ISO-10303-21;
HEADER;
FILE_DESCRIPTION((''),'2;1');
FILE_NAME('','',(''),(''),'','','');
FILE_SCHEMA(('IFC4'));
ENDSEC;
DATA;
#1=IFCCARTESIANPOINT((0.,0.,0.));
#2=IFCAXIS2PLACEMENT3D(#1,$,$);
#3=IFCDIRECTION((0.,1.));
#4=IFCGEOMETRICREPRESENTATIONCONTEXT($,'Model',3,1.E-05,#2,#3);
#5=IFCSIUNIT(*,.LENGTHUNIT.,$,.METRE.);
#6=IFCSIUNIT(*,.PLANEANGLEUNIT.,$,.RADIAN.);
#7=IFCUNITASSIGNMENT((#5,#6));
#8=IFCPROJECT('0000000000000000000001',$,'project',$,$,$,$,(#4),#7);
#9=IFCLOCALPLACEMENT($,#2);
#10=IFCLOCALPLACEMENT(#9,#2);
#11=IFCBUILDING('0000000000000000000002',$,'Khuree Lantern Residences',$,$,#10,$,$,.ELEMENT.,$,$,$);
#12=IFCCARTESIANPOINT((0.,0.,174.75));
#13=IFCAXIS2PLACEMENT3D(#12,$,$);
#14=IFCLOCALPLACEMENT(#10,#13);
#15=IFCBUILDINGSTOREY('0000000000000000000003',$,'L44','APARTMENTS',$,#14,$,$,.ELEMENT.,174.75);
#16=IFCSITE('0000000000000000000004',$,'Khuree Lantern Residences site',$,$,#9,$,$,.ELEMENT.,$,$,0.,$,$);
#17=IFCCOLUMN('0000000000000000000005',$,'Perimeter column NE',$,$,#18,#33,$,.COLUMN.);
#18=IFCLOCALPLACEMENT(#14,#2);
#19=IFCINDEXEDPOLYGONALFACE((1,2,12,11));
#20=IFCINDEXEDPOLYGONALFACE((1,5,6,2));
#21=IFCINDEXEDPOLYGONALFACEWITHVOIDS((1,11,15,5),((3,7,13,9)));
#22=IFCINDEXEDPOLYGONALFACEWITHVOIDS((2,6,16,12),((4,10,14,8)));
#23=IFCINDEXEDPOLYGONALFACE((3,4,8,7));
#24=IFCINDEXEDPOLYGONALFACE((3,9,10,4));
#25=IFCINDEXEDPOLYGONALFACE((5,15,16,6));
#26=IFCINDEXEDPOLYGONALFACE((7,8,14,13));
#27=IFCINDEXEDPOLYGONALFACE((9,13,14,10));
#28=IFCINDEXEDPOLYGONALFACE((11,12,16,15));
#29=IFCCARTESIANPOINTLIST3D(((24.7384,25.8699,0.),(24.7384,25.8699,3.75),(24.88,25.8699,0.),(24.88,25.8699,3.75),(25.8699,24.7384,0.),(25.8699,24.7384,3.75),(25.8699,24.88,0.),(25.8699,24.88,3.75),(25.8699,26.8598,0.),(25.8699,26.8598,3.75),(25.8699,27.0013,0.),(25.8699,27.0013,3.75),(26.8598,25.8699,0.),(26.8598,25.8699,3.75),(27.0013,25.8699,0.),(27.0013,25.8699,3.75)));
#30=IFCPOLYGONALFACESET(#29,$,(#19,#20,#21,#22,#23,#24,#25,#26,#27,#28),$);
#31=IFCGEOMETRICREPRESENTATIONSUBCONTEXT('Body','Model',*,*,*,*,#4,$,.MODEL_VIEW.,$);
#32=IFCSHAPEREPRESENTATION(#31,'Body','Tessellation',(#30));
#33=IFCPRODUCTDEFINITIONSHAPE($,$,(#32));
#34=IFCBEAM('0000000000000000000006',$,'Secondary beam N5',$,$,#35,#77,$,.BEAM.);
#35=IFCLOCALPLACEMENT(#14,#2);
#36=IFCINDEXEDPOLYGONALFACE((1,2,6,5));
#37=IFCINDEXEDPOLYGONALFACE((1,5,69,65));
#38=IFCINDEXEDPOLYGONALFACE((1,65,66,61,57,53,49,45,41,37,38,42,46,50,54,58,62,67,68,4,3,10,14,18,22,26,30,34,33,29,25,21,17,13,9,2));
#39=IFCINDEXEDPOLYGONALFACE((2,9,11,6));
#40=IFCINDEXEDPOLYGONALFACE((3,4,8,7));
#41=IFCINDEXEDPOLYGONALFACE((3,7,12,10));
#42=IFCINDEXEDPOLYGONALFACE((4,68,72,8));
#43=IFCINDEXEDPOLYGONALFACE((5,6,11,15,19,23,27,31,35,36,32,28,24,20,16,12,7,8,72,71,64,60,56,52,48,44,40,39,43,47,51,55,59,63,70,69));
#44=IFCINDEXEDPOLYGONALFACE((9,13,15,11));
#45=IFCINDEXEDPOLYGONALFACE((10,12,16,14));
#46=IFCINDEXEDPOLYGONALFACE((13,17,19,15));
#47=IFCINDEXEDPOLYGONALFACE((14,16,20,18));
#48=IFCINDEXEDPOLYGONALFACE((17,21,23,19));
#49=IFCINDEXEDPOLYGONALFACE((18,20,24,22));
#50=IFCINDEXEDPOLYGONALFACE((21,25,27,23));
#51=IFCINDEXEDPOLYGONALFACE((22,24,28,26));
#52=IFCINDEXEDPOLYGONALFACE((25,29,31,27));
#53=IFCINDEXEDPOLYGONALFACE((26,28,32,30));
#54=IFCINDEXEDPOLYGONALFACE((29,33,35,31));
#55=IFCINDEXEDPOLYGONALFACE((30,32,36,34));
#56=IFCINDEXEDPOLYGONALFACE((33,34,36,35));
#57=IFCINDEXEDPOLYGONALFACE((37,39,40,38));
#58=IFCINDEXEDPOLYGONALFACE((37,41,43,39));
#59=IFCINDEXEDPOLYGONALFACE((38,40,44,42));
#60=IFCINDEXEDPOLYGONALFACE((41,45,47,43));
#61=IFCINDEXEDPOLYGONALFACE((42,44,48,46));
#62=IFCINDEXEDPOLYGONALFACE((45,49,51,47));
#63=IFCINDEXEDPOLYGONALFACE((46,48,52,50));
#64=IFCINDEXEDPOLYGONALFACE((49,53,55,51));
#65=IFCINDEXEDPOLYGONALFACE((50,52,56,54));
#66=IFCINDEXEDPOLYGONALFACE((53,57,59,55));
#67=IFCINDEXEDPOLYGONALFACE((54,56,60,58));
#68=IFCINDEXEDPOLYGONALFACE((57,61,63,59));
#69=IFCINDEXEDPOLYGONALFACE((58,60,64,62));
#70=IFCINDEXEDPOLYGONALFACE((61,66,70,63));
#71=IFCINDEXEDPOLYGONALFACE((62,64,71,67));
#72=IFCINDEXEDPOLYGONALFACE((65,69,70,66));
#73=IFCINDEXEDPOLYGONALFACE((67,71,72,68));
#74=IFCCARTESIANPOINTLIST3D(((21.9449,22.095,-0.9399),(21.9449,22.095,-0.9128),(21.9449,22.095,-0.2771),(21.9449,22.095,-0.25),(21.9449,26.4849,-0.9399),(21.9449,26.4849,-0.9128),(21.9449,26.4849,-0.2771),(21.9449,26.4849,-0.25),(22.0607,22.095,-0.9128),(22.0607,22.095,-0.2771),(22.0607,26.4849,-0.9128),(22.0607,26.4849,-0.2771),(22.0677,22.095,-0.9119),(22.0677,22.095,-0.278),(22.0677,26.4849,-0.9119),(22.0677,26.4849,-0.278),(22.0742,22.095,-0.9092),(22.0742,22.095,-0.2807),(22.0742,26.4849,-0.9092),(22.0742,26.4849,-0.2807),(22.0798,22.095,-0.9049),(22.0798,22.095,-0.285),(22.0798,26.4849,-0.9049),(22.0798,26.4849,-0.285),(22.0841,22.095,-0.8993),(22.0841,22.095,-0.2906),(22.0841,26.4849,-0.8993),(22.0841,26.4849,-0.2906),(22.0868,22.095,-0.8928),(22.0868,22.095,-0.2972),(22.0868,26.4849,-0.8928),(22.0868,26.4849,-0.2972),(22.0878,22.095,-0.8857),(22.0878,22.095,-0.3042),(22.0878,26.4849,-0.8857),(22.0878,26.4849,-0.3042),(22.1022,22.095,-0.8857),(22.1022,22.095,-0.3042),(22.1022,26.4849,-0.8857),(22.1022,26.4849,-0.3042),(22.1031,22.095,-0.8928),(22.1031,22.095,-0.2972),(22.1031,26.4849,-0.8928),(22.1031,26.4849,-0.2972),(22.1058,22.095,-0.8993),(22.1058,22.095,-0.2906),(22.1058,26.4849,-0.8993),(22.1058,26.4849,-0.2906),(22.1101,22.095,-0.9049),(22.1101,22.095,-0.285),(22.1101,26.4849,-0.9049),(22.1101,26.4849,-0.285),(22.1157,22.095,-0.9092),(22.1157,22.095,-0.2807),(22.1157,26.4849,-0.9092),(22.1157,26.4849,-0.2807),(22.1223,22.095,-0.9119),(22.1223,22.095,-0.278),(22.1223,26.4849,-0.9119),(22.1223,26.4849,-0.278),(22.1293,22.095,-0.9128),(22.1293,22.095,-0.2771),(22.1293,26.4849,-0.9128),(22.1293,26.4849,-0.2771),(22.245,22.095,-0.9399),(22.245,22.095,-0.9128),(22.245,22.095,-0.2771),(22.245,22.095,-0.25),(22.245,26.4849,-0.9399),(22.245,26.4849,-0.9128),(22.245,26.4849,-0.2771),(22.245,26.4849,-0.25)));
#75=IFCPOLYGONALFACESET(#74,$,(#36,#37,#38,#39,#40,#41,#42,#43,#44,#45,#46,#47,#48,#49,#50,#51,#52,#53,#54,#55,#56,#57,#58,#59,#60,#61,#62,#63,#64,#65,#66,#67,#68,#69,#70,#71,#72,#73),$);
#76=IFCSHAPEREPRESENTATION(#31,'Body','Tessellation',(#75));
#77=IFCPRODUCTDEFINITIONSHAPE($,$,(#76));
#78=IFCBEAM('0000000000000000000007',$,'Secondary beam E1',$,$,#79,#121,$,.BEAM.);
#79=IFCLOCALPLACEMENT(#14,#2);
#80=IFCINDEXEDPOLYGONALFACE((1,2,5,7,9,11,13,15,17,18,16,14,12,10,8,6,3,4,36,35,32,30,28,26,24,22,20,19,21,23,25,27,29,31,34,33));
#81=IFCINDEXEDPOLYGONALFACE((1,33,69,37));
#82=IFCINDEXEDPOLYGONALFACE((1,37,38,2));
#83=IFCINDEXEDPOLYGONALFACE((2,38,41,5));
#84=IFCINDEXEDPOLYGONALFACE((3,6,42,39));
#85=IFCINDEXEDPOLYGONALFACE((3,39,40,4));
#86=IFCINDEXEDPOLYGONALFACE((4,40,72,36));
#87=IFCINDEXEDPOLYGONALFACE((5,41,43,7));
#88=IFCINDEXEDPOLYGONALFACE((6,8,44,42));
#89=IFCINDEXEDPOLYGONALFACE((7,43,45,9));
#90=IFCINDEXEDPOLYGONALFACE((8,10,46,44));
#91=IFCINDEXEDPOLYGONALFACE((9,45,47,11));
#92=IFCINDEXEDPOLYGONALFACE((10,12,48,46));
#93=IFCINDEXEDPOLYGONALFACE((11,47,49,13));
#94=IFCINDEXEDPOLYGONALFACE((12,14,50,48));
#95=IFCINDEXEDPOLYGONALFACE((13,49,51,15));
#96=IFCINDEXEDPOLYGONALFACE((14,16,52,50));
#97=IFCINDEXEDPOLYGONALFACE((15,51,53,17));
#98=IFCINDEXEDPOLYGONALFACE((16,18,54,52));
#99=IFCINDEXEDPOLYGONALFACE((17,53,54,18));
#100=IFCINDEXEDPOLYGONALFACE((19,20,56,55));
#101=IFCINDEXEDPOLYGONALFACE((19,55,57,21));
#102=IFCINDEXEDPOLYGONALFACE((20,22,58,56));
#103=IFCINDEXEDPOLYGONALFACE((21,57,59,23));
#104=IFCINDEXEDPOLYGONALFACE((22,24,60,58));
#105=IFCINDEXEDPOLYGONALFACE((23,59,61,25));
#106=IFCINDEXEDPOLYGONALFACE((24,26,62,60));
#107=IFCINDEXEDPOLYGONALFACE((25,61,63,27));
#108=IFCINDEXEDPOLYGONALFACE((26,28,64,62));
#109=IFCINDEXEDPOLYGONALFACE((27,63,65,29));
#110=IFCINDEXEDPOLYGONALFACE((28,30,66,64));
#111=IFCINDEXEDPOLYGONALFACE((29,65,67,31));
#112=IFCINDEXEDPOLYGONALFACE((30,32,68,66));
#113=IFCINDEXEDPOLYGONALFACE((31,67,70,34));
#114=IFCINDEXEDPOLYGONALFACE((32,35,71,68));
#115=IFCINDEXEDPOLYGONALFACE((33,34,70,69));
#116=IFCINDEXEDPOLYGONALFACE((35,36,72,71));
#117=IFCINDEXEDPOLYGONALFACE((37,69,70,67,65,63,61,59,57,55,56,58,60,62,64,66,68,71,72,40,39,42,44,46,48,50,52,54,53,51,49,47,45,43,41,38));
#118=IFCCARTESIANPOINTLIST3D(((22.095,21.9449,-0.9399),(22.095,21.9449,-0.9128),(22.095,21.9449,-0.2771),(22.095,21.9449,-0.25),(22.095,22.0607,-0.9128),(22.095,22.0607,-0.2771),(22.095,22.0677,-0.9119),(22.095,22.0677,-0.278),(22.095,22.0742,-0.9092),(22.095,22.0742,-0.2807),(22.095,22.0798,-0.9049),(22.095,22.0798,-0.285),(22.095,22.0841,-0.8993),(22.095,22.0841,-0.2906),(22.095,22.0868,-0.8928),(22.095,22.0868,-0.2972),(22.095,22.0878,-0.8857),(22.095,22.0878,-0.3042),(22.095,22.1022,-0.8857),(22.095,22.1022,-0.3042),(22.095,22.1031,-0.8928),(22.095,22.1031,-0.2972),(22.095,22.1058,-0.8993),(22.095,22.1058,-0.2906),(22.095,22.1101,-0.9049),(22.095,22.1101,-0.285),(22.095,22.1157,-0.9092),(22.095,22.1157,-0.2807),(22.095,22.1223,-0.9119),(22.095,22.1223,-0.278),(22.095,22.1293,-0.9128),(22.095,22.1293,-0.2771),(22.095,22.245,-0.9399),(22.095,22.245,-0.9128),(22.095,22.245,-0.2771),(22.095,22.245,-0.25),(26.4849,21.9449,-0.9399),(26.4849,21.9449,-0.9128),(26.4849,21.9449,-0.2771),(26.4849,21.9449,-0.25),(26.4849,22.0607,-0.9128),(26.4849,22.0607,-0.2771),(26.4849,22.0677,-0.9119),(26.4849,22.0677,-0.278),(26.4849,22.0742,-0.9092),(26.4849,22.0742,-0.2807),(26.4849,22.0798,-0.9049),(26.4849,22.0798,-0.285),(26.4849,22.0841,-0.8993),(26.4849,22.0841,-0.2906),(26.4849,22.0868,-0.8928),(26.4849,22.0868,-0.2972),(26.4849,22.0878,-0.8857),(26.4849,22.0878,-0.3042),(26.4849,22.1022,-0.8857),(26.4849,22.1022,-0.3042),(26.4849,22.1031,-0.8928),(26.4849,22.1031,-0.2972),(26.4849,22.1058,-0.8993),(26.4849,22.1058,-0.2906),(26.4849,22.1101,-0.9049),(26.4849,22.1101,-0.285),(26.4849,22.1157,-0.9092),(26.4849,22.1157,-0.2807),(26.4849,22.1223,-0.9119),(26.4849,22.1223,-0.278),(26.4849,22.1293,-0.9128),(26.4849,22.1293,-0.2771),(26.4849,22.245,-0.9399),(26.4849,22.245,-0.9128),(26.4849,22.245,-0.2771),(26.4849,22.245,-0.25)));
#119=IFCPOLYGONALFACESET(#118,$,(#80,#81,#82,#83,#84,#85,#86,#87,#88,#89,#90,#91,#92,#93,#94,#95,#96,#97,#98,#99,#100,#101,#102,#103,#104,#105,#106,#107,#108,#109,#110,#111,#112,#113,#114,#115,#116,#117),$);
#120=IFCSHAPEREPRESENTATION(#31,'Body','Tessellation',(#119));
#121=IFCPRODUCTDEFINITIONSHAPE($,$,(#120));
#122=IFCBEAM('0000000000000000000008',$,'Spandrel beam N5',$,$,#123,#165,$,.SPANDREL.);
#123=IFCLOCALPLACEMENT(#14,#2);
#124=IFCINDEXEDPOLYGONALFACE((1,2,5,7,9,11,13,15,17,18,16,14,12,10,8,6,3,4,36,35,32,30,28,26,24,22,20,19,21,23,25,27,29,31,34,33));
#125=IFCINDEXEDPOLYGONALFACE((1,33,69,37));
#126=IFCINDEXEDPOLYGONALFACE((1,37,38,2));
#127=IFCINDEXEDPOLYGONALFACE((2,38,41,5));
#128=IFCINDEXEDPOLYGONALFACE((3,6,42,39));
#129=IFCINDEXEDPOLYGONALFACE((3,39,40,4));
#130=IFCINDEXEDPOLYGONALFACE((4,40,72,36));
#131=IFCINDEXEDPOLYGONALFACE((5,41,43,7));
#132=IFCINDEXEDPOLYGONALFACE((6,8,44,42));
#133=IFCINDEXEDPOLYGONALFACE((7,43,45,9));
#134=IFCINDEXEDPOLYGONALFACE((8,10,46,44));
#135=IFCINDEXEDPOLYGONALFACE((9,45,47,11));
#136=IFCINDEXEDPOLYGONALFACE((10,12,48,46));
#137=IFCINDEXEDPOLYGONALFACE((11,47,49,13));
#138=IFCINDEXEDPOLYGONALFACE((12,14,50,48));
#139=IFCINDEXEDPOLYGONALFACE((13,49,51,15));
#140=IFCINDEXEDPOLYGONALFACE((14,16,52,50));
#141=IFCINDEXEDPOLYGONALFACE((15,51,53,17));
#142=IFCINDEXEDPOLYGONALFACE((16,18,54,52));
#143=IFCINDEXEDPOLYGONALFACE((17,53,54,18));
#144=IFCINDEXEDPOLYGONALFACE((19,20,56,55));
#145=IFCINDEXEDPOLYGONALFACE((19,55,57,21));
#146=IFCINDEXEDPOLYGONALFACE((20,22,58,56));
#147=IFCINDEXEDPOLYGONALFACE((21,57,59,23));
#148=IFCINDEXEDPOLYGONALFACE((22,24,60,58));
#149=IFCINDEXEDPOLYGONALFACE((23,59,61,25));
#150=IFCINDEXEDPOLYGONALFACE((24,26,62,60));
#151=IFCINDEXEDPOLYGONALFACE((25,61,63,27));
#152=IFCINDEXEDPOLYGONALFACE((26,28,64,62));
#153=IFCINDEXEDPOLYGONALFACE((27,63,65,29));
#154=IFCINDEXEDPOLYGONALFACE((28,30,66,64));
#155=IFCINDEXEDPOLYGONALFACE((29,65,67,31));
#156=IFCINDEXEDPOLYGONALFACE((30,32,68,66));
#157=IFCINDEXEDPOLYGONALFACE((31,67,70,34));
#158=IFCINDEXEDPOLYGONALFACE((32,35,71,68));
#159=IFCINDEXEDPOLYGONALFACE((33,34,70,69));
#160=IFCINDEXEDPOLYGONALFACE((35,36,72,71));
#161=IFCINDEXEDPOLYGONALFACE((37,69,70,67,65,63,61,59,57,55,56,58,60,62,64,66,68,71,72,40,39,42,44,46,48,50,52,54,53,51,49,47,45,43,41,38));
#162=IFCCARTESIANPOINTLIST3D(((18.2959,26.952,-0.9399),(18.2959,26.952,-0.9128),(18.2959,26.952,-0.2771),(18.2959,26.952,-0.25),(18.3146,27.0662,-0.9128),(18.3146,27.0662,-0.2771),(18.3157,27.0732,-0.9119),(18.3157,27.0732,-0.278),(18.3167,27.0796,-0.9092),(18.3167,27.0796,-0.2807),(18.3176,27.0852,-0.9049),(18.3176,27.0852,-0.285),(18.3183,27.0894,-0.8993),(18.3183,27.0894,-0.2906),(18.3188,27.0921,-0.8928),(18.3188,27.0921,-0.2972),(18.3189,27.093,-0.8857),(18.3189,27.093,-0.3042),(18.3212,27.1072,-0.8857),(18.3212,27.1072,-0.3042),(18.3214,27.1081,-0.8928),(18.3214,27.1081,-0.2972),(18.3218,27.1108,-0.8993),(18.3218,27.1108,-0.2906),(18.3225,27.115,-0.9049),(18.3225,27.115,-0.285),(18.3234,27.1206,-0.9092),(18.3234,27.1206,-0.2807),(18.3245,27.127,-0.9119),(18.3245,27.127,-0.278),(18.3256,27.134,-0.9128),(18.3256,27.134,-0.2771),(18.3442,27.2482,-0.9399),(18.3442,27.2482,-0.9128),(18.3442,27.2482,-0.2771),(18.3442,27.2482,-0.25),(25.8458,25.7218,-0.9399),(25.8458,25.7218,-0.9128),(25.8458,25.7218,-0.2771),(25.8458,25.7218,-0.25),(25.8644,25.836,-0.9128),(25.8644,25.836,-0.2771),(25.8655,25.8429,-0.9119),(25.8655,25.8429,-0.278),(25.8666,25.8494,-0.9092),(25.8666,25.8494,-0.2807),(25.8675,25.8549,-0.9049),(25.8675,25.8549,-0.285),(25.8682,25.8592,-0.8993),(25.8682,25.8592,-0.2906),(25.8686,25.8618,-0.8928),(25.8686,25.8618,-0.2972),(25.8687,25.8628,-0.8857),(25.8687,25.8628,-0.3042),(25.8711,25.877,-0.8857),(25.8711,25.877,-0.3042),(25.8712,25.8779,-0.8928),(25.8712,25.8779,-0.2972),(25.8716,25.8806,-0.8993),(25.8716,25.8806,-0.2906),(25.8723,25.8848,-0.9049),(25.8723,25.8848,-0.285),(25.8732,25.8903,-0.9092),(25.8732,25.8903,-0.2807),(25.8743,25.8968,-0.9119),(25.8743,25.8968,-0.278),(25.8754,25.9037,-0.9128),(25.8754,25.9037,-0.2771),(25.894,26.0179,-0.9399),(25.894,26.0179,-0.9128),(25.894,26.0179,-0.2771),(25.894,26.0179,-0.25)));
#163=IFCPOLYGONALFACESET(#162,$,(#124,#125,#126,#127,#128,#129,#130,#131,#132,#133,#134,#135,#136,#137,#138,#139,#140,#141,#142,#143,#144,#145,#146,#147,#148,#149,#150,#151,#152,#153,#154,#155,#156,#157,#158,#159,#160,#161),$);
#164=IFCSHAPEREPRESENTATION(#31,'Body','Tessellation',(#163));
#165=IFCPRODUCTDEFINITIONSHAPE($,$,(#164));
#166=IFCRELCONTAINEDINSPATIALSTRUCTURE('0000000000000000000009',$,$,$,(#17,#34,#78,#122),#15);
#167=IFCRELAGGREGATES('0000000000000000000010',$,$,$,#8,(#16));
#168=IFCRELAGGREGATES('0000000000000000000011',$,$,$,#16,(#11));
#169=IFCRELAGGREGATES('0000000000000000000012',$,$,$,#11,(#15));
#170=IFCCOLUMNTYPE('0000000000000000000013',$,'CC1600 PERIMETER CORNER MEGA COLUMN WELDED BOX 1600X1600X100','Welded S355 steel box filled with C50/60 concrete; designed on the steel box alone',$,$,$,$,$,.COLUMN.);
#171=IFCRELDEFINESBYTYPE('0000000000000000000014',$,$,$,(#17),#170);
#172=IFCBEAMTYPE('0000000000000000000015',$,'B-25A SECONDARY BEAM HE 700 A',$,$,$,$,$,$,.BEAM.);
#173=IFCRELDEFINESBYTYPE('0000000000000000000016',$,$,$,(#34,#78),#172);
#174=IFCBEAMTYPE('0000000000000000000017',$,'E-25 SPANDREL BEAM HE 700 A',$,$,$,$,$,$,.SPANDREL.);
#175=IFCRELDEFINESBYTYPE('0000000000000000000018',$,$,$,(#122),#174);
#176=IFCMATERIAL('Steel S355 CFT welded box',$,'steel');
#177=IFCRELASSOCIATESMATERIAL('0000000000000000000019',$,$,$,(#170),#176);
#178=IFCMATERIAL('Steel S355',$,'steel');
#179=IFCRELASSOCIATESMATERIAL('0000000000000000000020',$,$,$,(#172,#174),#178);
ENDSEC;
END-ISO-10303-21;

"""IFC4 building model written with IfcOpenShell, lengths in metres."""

from ifc_helpers import new_model, si_unit, direction, frame, origin, origin_2d, place, context, subcontext, project, spatial, hollow_rectangle, i_section, extrude, material, material_profile, profile_set, type_object, element, save


model = new_model("IFC4")

# Units and contexts
model_context = context("Model", 3, precision=1e-05, world=origin(), true_north=direction((0.0, 1.0)))
body_context = subcontext(model_context, "Body", "Model", "MODEL_VIEW")
ifc_project = project(units=[si_unit("LENGTHUNIT", "METRE"), si_unit("PLANEANGLEUNIT", "RADIAN")], contexts=[model_context])

# Site, building, storey
site_placement = place(None, origin())
site = spatial("IfcSite", under=ifc_project, at=site_placement, Name="Khuree Lantern Residences site", CompositionType="ELEMENT", RefElevation=0.0)
building_placement = place(site_placement, origin())
building = spatial("IfcBuilding", under=site, at=building_placement, Name="Khuree Lantern Residences", CompositionType="ELEMENT")
storey_placement = place(building_placement, frame((0.0, 0.0, 174.75)))
storey = spatial("IfcBuildingStorey", under=building, at=storey_placement, Name="L44", Description="APARTMENTS", CompositionType="ELEMENT", Elevation=174.75)

# Column
ifc_material_1 = material(Name="Steel S355 CFT welded box", Category="steel")
ifc_material_profile_1 = material_profile(ifc_material_1, hollow_rectangle(XDim=1.6001, YDim=1.6001, WallThickness=0.1001, at=origin_2d()), Name="WELDED BOX 1600X1600X100")
ifc_profile_set_1 = profile_set([ifc_material_profile_1], Name="Steel S355 CFT welded box")
column_type = type_object("IfcColumnType", Name="CC1600 PERIMETER CORNER MEGA COLUMN WELDED BOX 1600X1600X100", Description="Welded S355 steel box filled with C50/60 concrete; designed on the steel box alone", PredefinedType="COLUMN", material=ifc_profile_set_1)
column_placement = place(storey_placement, frame((25.8699, 25.8699, 0.0), z_axis=(0.0, 0.0, 1.0), x_axis=(0.707107, -0.707107, 0.0)))
element("IfcColumn", 1, at=column_placement, inside=storey, type_object=column_type, Name="Perimeter column NE", PredefinedType="COLUMN", context=body_context, shape_type="SweptSolid", body=[
    extrude(hollow_rectangle(XDim=1.6001, YDim=1.6001, WallThickness=0.1001, at=origin_2d()), origin(), (0.0, 0.0, 1.0), 3.75),
])

# Beams
ifc_material_2 = material(Name="Steel S355", Category="steel")
ifc_material_profile_2 = material_profile(ifc_material_2, i_section(OverallWidth=0.3, OverallDepth=0.6899, WebThickness=0.0144, FlangeThickness=0.0271, FilletRadius=0.0271, at=origin_2d()), Name="HE 700 A")
ifc_profile_set_2 = profile_set([ifc_material_profile_2], Name="Steel S355")
beam_type_1 = type_object("IfcBeamType", Name="B-25A SECONDARY BEAM HE 700 A", PredefinedType="BEAM", material=ifc_profile_set_2)
for number, where, z_axis, x_axis, name in (
    (2, (22.095, 26.4849, -0.595), (0.0, -1.0, 0.0), (1.0, 0.0, 0.0), "Secondary beam N5"),
    (3, (26.4849, 22.095, -0.595), (-1.0, 0.0, 0.0), (0.0, -1.0, 0.0), "Secondary beam E1"),
):
    element("IfcBeam", number, at=place(storey_placement, frame(where, z_axis=z_axis, x_axis=x_axis)), inside=storey, type_object=beam_type_1, Name=name, PredefinedType="BEAM", context=body_context, shape_type="SweptSolid", body=[
        extrude(i_section(OverallWidth=0.3, OverallDepth=0.6899, WebThickness=0.0144, FlangeThickness=0.0271, FilletRadius=0.0271, at=origin_2d()), origin(), (0.0, 0.0, 1.0), 4.3899),
    ])
ifc_material_profile_3 = material_profile(ifc_material_2, i_section(OverallWidth=0.3, OverallDepth=0.6899, WebThickness=0.0144, FlangeThickness=0.0271, FilletRadius=0.0271, at=origin_2d()), Name="HE 700 A")
ifc_profile_set_3 = profile_set([ifc_material_profile_3], Name="Steel S355")
beam_type_2 = type_object("IfcBeamType", Name="E-25 SPANDREL BEAM HE 700 A", PredefinedType="SPANDREL", material=ifc_profile_set_3)
for number, where, z_axis, x_axis, name in (
    (4, (18.3201, 27.1001, -0.595), (0.986983, -0.160827, 0.0), (0.160827, 0.986983, 0.0), "Spandrel beam N5"),
):
    element("IfcBeam", number, at=place(storey_placement, frame(where, z_axis=z_axis, x_axis=x_axis)), inside=storey, type_object=beam_type_2, Name=name, PredefinedType="SPANDREL", context=body_context, shape_type="SweptSolid", body=[
        extrude(i_section(OverallWidth=0.3, OverallDepth=0.6899, WebThickness=0.0144, FlangeThickness=0.0271, FilletRadius=0.0271, at=origin_2d()), origin(), (0.0, 0.0, 1.0), 7.6494),
    ])

save(model, "model.ifc")
